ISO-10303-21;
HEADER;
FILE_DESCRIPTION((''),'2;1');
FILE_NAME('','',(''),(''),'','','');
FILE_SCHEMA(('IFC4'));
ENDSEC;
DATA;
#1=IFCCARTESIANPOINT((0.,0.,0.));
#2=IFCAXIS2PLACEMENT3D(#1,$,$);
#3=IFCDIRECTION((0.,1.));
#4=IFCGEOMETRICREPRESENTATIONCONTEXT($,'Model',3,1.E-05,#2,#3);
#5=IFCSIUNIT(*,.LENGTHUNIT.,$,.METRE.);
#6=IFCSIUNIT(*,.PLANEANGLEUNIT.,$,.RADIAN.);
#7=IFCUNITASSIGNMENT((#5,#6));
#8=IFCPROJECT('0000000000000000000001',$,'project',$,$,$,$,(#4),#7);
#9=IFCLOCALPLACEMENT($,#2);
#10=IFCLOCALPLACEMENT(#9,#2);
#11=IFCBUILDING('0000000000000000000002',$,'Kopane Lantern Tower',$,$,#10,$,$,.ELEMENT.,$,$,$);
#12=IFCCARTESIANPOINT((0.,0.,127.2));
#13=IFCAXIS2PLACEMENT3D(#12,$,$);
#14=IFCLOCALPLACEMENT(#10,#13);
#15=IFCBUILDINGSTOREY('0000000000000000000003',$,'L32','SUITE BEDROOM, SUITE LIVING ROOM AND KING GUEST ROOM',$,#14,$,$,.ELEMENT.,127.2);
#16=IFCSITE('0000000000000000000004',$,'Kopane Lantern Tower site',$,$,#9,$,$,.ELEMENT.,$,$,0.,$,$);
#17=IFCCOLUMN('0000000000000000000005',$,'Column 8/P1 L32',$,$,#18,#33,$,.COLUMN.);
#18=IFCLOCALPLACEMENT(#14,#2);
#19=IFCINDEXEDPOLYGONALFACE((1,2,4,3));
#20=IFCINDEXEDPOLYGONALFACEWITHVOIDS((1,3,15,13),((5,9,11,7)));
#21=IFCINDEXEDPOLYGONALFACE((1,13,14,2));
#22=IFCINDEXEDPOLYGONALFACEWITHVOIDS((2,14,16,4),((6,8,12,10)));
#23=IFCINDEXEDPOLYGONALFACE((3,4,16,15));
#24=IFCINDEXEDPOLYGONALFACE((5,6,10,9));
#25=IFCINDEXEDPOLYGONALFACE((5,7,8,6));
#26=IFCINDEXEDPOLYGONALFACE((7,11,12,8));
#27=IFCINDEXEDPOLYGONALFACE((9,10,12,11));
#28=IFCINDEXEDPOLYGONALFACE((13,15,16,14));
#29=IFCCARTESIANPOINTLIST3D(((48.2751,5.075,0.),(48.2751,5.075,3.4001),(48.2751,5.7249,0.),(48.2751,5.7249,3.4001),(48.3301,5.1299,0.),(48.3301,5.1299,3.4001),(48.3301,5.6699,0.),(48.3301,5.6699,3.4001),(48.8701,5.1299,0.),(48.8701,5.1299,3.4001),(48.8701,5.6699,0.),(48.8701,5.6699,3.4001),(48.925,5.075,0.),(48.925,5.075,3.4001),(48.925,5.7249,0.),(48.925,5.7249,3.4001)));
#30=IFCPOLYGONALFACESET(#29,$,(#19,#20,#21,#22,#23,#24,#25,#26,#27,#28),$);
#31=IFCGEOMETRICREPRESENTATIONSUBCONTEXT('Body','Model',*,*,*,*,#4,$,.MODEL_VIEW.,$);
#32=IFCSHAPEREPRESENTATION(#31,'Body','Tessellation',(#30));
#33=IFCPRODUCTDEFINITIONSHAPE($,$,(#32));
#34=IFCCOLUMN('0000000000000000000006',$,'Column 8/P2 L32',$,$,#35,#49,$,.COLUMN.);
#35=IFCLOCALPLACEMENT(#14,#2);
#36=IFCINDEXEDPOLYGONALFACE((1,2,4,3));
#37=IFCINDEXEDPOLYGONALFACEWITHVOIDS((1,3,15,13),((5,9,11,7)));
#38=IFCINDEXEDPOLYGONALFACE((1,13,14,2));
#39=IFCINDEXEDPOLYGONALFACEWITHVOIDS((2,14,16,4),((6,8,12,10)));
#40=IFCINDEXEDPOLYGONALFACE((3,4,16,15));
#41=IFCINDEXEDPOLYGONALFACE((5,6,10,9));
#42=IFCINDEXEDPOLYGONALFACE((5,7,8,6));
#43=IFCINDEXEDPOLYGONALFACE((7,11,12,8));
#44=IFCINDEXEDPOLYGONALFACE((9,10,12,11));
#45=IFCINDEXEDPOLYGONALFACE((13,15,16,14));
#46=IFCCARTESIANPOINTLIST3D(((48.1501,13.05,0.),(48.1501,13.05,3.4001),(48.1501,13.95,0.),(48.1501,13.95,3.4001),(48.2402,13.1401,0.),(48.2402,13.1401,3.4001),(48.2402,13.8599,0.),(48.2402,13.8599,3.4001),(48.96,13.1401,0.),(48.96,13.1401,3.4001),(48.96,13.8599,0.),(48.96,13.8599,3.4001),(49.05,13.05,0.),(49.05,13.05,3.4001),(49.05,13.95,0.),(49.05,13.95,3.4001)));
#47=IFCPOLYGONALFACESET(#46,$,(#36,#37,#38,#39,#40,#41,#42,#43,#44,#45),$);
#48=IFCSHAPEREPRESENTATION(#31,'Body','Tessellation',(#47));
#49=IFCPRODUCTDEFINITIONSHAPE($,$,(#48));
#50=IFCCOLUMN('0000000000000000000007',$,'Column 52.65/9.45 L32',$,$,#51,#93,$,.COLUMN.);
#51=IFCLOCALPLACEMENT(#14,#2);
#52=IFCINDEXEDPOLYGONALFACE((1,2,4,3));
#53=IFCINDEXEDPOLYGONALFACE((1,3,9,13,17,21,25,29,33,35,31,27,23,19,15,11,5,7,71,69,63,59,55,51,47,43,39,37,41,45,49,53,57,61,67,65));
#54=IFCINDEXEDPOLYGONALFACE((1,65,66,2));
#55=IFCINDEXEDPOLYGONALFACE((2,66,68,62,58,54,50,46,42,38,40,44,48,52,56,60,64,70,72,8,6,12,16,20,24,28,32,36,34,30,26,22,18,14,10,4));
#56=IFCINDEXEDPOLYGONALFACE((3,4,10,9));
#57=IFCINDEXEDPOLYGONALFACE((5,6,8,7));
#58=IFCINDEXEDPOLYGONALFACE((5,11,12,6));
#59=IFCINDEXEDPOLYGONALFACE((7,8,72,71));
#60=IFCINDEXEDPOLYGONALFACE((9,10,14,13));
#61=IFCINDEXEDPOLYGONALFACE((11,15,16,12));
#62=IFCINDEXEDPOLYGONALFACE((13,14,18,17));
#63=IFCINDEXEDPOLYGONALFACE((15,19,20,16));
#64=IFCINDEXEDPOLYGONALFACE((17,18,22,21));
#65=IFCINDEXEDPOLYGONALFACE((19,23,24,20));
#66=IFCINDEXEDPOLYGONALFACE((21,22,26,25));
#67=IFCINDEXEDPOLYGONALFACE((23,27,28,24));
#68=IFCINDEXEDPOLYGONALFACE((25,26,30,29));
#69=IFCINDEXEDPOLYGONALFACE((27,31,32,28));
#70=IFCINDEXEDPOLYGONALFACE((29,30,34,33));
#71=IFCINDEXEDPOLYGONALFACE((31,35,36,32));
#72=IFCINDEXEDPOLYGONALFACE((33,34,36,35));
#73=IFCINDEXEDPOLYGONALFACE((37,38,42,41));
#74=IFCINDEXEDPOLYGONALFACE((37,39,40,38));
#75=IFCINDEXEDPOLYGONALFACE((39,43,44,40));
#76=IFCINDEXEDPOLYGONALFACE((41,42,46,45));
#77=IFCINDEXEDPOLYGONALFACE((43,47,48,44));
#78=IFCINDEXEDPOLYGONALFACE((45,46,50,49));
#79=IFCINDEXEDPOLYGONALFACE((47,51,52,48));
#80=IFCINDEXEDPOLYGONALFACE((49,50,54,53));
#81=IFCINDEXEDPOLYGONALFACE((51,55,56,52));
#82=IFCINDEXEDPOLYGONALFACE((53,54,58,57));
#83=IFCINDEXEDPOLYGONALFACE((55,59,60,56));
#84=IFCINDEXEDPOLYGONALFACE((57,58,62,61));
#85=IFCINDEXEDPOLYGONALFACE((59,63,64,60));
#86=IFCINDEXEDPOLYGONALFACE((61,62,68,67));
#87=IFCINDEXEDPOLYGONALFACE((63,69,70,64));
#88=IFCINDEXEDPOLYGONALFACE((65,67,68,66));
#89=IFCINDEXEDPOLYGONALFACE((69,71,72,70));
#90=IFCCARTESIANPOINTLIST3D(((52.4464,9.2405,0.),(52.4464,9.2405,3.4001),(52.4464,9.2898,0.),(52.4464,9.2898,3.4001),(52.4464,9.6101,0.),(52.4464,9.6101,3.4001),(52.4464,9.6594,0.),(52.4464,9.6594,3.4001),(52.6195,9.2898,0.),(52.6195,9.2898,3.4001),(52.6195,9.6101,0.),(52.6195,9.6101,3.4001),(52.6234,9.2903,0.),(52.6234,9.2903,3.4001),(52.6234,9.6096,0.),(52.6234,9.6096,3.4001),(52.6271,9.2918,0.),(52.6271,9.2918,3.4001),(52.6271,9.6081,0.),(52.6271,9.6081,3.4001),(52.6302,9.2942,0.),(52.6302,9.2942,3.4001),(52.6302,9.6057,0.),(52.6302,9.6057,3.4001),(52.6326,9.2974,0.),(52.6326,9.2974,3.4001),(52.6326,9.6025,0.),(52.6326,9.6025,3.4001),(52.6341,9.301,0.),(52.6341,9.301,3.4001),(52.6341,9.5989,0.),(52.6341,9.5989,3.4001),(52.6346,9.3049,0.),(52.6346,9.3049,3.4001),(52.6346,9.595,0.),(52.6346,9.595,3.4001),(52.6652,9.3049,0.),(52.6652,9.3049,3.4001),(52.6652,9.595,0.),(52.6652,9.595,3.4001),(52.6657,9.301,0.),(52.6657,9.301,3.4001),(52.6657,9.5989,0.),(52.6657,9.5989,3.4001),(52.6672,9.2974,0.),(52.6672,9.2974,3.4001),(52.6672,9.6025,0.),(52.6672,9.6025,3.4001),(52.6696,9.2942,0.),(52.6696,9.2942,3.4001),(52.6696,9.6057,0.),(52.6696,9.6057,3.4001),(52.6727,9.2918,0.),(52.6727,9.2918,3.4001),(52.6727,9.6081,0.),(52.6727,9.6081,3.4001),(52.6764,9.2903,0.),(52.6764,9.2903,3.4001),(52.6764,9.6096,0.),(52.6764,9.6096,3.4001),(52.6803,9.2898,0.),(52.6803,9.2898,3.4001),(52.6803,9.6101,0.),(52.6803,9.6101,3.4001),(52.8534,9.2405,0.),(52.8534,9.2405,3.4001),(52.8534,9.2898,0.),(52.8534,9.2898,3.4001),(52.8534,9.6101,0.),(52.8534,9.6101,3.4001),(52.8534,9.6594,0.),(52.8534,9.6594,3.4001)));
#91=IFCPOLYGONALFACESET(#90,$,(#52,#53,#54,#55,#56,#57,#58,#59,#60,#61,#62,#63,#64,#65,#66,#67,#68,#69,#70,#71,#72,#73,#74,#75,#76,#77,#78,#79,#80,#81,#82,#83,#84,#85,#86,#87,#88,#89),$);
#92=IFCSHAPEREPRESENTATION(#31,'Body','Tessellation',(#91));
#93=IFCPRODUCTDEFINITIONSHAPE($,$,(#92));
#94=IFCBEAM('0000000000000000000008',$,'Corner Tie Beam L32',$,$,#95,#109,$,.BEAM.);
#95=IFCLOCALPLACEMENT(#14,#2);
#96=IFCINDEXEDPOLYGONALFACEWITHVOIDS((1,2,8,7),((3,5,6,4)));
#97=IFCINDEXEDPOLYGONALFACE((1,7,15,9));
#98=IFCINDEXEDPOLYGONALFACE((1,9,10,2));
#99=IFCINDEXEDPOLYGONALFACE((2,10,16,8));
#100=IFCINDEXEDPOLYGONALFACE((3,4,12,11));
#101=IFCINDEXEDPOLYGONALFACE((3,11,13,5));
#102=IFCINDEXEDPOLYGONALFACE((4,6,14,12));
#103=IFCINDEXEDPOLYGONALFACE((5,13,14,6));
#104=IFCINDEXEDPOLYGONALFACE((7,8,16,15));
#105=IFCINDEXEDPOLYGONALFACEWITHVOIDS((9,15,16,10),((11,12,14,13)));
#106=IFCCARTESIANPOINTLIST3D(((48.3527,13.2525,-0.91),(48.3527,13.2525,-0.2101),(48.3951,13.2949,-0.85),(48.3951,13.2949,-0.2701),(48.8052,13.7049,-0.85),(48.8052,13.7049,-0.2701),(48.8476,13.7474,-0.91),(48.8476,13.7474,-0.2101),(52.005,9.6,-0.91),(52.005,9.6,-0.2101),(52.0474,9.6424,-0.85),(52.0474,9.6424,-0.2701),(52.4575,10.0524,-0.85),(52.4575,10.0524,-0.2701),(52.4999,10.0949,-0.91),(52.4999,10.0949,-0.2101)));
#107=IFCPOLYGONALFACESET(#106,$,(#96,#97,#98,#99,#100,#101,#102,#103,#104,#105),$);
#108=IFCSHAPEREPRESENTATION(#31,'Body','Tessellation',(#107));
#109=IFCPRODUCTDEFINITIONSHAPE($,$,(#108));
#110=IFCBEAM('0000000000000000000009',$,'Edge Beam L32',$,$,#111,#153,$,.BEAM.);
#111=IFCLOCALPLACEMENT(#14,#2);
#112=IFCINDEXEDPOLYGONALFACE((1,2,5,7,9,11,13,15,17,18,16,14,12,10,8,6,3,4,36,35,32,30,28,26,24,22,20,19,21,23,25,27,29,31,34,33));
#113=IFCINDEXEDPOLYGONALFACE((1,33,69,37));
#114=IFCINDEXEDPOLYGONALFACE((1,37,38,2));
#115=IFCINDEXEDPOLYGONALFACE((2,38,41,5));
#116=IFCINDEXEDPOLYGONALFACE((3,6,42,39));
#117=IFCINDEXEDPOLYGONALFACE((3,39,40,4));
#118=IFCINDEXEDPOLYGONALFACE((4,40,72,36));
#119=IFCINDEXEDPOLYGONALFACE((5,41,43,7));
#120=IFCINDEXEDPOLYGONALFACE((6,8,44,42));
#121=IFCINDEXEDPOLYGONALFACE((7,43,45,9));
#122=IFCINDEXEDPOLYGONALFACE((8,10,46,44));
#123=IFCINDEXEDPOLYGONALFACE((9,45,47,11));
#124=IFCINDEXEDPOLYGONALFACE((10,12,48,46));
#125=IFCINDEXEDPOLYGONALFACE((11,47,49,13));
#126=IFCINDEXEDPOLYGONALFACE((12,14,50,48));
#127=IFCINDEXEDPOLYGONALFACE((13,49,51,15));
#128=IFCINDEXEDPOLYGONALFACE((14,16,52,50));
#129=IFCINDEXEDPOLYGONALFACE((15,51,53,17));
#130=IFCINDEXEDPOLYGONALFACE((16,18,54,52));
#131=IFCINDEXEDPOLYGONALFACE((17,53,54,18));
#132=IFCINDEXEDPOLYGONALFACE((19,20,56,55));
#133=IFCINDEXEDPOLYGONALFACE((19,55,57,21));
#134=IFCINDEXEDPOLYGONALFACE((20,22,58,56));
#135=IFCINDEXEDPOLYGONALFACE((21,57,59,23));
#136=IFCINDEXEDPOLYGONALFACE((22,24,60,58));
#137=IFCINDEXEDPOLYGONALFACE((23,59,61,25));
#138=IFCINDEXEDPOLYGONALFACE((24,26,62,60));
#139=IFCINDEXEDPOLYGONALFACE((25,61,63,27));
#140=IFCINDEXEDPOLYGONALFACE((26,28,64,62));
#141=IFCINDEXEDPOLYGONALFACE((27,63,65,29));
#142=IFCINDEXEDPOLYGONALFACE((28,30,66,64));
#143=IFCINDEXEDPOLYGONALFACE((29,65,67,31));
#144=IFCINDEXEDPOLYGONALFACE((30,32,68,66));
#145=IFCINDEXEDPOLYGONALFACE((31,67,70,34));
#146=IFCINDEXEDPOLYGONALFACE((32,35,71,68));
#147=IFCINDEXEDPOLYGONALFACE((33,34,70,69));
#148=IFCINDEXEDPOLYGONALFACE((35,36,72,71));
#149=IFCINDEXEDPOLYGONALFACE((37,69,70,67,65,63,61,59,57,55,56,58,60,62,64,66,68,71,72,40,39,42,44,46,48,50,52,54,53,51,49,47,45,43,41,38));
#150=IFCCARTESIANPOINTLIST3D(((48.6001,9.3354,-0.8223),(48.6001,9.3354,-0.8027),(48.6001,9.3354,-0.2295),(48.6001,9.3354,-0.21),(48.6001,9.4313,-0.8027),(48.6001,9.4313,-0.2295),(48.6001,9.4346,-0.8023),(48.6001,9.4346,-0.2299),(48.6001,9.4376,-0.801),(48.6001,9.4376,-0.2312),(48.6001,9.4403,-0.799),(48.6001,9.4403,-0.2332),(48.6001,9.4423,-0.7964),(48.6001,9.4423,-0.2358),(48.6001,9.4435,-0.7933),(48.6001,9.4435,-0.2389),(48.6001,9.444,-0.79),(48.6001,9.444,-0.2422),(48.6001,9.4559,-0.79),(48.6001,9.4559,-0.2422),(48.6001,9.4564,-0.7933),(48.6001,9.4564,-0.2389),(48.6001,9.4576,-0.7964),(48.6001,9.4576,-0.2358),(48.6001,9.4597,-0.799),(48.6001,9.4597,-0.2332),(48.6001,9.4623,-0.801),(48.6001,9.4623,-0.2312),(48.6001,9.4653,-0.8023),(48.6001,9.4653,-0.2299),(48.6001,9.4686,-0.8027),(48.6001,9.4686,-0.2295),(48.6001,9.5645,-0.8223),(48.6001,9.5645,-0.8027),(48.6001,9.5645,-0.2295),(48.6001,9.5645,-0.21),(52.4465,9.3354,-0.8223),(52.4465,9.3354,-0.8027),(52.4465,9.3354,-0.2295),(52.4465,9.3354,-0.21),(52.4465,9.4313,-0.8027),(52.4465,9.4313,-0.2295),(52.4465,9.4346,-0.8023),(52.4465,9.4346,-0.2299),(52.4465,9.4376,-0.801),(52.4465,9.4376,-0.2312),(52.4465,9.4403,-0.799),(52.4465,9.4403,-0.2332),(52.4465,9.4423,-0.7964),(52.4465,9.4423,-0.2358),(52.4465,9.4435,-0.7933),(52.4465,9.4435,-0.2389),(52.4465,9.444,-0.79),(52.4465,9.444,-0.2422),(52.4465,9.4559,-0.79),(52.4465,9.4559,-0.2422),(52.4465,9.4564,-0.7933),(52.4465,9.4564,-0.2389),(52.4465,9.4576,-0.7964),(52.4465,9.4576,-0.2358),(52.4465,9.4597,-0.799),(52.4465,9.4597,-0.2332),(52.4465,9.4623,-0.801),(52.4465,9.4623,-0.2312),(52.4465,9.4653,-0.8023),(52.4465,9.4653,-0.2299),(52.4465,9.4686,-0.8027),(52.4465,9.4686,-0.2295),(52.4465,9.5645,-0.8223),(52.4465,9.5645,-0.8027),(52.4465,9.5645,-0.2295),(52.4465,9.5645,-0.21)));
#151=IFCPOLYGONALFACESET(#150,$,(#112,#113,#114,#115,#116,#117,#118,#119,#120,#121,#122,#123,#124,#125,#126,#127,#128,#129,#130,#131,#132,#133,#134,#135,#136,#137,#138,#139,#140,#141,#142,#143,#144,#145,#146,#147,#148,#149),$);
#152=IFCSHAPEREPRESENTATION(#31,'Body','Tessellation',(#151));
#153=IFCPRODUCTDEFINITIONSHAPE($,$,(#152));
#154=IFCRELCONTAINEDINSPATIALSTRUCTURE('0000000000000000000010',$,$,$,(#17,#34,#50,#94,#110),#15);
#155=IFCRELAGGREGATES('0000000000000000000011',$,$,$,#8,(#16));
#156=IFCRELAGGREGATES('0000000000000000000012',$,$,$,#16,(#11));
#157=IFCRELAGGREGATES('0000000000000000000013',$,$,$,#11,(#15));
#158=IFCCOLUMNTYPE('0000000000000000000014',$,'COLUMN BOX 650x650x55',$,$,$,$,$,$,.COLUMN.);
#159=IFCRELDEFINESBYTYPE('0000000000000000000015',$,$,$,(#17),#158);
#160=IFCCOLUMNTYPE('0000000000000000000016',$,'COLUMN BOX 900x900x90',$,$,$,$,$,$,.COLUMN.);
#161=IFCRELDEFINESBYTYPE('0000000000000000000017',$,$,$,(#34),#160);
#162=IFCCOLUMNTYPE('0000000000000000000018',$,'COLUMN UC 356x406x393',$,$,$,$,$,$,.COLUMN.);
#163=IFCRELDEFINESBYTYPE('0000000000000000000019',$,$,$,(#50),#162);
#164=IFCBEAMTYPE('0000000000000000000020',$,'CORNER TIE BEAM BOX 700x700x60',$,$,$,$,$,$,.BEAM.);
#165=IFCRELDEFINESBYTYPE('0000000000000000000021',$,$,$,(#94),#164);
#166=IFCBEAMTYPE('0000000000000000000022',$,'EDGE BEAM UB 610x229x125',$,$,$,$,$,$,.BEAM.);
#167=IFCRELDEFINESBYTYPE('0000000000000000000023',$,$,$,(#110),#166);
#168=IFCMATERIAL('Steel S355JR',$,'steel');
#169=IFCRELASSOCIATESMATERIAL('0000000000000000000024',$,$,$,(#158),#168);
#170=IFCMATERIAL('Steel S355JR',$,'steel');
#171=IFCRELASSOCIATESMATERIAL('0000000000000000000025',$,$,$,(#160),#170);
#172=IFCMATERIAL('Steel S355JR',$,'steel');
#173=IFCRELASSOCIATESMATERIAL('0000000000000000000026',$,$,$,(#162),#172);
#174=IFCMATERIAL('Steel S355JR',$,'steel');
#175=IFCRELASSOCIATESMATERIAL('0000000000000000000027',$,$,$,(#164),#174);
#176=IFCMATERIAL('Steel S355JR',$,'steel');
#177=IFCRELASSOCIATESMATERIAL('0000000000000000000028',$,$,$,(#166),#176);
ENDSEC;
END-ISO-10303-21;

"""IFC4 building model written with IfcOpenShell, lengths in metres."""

from ifc_helpers import new_model, si_unit, direction, frame, origin, origin_2d, place, context, subcontext, project, spatial, hollow_rectangle, i_section, extrude, material, material_profile, profile_set, type_object, element, save


model = new_model("IFC4")

# Units and contexts
model_context = context("Model", 3, precision=1e-05, world=origin(), true_north=direction((0.0, 1.0)))
body_context = subcontext(model_context, "Body", "Model", "MODEL_VIEW")
ifc_project = project(units=[si_unit("LENGTHUNIT", "METRE"), si_unit("PLANEANGLEUNIT", "RADIAN")], contexts=[model_context])

# Site, building, storey
site_placement = place(None, origin())
site = spatial("IfcSite", under=ifc_project, at=site_placement, Name="Kopane Lantern Tower site", CompositionType="ELEMENT", RefElevation=0.0)
building_placement = place(site_placement, origin())
building = spatial("IfcBuilding", under=site, at=building_placement, Name="Kopane Lantern Tower", CompositionType="ELEMENT")
storey_placement = place(building_placement, frame((0.0, 0.0, 127.2)))
storey = spatial("IfcBuildingStorey", under=building, at=storey_placement, Name="L32", Description="SUITE BEDROOM, SUITE LIVING ROOM AND KING GUEST ROOM", CompositionType="ELEMENT", Elevation=127.2)

# Columns
ifc_material_1 = material(Name="Steel S355JR", Category="steel")
ifc_material_profile_1 = material_profile(ifc_material_1, hollow_rectangle(XDim=0.6499, YDim=0.6499, WallThickness=0.0549, at=origin_2d()), Name="BOX 650x650x55")
ifc_profile_set_1 = profile_set([ifc_material_profile_1], Name="Steel S355JR")
column_type_1 = type_object("IfcColumnType", Name="COLUMN BOX 650x650x55", PredefinedType="COLUMN", material=ifc_profile_set_1)
column_1_placement = place(storey_placement, frame((48.6001, 5.3999, 0.0), z_axis=(0.0, 0.0, 1.0), x_axis=(1.0, 0.0, 0.0)))
element("IfcColumn", 1, at=column_1_placement, inside=storey, type_object=column_type_1, Name="Column 8/P1 L32", PredefinedType="COLUMN", context=body_context, shape_type="SweptSolid", body=[
    extrude(hollow_rectangle(XDim=0.6499, YDim=0.6499, WallThickness=0.0549, at=origin_2d()), origin(), (0.0, 0.0, 1.0), 3.4001),
])
ifc_material_2 = material(Name="Steel S355JR", Category="steel")
ifc_material_profile_2 = material_profile(ifc_material_2, hollow_rectangle(XDim=0.8999, YDim=0.8999, WallThickness=0.0901, at=origin_2d()), Name="BOX 900x900x90")
ifc_profile_set_2 = profile_set([ifc_material_profile_2], Name="Steel S355JR")
column_type_2 = type_object("IfcColumnType", Name="COLUMN BOX 900x900x90", PredefinedType="COLUMN", material=ifc_profile_set_2)
column_2_placement = place(storey_placement, frame((48.6001, 13.5, 0.0), z_axis=(0.0, 0.0, 1.0), x_axis=(1.0, 0.0, 0.0)))
element("IfcColumn", 2, at=column_2_placement, inside=storey, type_object=column_type_2, Name="Column 8/P2 L32", PredefinedType="COLUMN", context=body_context, shape_type="SweptSolid", body=[
    extrude(hollow_rectangle(XDim=0.8999, YDim=0.8999, WallThickness=0.0901, at=origin_2d()), origin(), (0.0, 0.0, 1.0), 3.4001),
])
ifc_material_3 = material(Name="Steel S355JR", Category="steel")
ifc_material_profile_3 = material_profile(ifc_material_3, i_section(OverallWidth=0.407, OverallDepth=0.4189, WebThickness=0.0305, FlangeThickness=0.0493, FilletRadius=0.0151, at=origin_2d()), Name="UC 356x406x393")
ifc_profile_set_3 = profile_set([ifc_material_profile_3], Name="Steel S355JR")
column_type_3 = type_object("IfcColumnType", Name="COLUMN UC 356x406x393", PredefinedType="COLUMN", material=ifc_profile_set_3)
column_3_placement = place(storey_placement, frame((52.6499, 9.45, 0.0), z_axis=(0.0, 0.0, 1.0), x_axis=(1.0, 0.0, 0.0)))
element("IfcColumn", 3, at=column_3_placement, inside=storey, type_object=column_type_3, Name="Column 52.65/9.45 L32", PredefinedType="COLUMN", context=body_context, shape_type="SweptSolid", body=[
    extrude(i_section(OverallWidth=0.407, OverallDepth=0.4189, WebThickness=0.0305, FlangeThickness=0.0493, FilletRadius=0.0151, at=origin_2d()), origin(), (0.0, 0.0, 1.0), 3.4001),
])

# Beams
ifc_material_4 = material(Name="Steel S355JR", Category="steel")
ifc_material_profile_4 = material_profile(ifc_material_4, hollow_rectangle(XDim=0.7, YDim=0.7, WallThickness=0.0601, at=origin_2d()), Name="BOX 700x700x60")
ifc_profile_set_4 = profile_set([ifc_material_profile_4], Name="Steel S355JR")
beam_type_1 = type_object("IfcBeamType", Name="CORNER TIE BEAM BOX 700x700x60", PredefinedType="BEAM", material=ifc_profile_set_4)
beam_placement = place(storey_placement, frame((52.2524, 9.8474, -0.5601), z_axis=(-0.707083, 0.70713, 0.0), x_axis=(-0.70713, -0.707083, 0.0)))
element("IfcBeam", 4, at=beam_placement, inside=storey, type_object=beam_type_1, Name="Corner Tie Beam L32", PredefinedType="BEAM", context=body_context, shape_type="SweptSolid", body=[
    extrude(hollow_rectangle(XDim=0.7, YDim=0.7, WallThickness=0.0601, at=origin_2d()), origin(), (0.0, 0.0, 1.0), 5.1653),
])
ifc_material_5 = material(Name="Steel S355JR", Category="steel")
ifc_material_profile_5 = material_profile(ifc_material_5, i_section(OverallWidth=0.229, OverallDepth=0.6123, WebThickness=0.012, FlangeThickness=0.0195, FilletRadius=0.0127, at=origin_2d()), Name="UB 610x229x125")
ifc_profile_set_5 = profile_set([ifc_material_profile_5], Name="Steel S355JR")
beam_type_2 = type_object("IfcBeamType", Name="EDGE BEAM UB 610x229x125", PredefinedType="BEAM", material=ifc_profile_set_5)
for number, where, z_axis, x_axis, name in (
    (5, (52.4465, 9.45, -0.5161), (-1.0, 0.0, 0.0), (0.0, -1.0, 0.0), "Edge Beam L32"),
):
    element("IfcBeam", number, at=place(storey_placement, frame(where, z_axis=z_axis, x_axis=x_axis)), inside=storey, type_object=beam_type_2, Name=name, PredefinedType="BEAM", context=body_context, shape_type="SweptSolid", body=[
        extrude(i_section(OverallWidth=0.229, OverallDepth=0.6123, WebThickness=0.012, FlangeThickness=0.0195, FilletRadius=0.0127, at=origin_2d()), origin(), (0.0, 0.0, 1.0), 3.8464),
    ])

save(model, "model.ifc")
